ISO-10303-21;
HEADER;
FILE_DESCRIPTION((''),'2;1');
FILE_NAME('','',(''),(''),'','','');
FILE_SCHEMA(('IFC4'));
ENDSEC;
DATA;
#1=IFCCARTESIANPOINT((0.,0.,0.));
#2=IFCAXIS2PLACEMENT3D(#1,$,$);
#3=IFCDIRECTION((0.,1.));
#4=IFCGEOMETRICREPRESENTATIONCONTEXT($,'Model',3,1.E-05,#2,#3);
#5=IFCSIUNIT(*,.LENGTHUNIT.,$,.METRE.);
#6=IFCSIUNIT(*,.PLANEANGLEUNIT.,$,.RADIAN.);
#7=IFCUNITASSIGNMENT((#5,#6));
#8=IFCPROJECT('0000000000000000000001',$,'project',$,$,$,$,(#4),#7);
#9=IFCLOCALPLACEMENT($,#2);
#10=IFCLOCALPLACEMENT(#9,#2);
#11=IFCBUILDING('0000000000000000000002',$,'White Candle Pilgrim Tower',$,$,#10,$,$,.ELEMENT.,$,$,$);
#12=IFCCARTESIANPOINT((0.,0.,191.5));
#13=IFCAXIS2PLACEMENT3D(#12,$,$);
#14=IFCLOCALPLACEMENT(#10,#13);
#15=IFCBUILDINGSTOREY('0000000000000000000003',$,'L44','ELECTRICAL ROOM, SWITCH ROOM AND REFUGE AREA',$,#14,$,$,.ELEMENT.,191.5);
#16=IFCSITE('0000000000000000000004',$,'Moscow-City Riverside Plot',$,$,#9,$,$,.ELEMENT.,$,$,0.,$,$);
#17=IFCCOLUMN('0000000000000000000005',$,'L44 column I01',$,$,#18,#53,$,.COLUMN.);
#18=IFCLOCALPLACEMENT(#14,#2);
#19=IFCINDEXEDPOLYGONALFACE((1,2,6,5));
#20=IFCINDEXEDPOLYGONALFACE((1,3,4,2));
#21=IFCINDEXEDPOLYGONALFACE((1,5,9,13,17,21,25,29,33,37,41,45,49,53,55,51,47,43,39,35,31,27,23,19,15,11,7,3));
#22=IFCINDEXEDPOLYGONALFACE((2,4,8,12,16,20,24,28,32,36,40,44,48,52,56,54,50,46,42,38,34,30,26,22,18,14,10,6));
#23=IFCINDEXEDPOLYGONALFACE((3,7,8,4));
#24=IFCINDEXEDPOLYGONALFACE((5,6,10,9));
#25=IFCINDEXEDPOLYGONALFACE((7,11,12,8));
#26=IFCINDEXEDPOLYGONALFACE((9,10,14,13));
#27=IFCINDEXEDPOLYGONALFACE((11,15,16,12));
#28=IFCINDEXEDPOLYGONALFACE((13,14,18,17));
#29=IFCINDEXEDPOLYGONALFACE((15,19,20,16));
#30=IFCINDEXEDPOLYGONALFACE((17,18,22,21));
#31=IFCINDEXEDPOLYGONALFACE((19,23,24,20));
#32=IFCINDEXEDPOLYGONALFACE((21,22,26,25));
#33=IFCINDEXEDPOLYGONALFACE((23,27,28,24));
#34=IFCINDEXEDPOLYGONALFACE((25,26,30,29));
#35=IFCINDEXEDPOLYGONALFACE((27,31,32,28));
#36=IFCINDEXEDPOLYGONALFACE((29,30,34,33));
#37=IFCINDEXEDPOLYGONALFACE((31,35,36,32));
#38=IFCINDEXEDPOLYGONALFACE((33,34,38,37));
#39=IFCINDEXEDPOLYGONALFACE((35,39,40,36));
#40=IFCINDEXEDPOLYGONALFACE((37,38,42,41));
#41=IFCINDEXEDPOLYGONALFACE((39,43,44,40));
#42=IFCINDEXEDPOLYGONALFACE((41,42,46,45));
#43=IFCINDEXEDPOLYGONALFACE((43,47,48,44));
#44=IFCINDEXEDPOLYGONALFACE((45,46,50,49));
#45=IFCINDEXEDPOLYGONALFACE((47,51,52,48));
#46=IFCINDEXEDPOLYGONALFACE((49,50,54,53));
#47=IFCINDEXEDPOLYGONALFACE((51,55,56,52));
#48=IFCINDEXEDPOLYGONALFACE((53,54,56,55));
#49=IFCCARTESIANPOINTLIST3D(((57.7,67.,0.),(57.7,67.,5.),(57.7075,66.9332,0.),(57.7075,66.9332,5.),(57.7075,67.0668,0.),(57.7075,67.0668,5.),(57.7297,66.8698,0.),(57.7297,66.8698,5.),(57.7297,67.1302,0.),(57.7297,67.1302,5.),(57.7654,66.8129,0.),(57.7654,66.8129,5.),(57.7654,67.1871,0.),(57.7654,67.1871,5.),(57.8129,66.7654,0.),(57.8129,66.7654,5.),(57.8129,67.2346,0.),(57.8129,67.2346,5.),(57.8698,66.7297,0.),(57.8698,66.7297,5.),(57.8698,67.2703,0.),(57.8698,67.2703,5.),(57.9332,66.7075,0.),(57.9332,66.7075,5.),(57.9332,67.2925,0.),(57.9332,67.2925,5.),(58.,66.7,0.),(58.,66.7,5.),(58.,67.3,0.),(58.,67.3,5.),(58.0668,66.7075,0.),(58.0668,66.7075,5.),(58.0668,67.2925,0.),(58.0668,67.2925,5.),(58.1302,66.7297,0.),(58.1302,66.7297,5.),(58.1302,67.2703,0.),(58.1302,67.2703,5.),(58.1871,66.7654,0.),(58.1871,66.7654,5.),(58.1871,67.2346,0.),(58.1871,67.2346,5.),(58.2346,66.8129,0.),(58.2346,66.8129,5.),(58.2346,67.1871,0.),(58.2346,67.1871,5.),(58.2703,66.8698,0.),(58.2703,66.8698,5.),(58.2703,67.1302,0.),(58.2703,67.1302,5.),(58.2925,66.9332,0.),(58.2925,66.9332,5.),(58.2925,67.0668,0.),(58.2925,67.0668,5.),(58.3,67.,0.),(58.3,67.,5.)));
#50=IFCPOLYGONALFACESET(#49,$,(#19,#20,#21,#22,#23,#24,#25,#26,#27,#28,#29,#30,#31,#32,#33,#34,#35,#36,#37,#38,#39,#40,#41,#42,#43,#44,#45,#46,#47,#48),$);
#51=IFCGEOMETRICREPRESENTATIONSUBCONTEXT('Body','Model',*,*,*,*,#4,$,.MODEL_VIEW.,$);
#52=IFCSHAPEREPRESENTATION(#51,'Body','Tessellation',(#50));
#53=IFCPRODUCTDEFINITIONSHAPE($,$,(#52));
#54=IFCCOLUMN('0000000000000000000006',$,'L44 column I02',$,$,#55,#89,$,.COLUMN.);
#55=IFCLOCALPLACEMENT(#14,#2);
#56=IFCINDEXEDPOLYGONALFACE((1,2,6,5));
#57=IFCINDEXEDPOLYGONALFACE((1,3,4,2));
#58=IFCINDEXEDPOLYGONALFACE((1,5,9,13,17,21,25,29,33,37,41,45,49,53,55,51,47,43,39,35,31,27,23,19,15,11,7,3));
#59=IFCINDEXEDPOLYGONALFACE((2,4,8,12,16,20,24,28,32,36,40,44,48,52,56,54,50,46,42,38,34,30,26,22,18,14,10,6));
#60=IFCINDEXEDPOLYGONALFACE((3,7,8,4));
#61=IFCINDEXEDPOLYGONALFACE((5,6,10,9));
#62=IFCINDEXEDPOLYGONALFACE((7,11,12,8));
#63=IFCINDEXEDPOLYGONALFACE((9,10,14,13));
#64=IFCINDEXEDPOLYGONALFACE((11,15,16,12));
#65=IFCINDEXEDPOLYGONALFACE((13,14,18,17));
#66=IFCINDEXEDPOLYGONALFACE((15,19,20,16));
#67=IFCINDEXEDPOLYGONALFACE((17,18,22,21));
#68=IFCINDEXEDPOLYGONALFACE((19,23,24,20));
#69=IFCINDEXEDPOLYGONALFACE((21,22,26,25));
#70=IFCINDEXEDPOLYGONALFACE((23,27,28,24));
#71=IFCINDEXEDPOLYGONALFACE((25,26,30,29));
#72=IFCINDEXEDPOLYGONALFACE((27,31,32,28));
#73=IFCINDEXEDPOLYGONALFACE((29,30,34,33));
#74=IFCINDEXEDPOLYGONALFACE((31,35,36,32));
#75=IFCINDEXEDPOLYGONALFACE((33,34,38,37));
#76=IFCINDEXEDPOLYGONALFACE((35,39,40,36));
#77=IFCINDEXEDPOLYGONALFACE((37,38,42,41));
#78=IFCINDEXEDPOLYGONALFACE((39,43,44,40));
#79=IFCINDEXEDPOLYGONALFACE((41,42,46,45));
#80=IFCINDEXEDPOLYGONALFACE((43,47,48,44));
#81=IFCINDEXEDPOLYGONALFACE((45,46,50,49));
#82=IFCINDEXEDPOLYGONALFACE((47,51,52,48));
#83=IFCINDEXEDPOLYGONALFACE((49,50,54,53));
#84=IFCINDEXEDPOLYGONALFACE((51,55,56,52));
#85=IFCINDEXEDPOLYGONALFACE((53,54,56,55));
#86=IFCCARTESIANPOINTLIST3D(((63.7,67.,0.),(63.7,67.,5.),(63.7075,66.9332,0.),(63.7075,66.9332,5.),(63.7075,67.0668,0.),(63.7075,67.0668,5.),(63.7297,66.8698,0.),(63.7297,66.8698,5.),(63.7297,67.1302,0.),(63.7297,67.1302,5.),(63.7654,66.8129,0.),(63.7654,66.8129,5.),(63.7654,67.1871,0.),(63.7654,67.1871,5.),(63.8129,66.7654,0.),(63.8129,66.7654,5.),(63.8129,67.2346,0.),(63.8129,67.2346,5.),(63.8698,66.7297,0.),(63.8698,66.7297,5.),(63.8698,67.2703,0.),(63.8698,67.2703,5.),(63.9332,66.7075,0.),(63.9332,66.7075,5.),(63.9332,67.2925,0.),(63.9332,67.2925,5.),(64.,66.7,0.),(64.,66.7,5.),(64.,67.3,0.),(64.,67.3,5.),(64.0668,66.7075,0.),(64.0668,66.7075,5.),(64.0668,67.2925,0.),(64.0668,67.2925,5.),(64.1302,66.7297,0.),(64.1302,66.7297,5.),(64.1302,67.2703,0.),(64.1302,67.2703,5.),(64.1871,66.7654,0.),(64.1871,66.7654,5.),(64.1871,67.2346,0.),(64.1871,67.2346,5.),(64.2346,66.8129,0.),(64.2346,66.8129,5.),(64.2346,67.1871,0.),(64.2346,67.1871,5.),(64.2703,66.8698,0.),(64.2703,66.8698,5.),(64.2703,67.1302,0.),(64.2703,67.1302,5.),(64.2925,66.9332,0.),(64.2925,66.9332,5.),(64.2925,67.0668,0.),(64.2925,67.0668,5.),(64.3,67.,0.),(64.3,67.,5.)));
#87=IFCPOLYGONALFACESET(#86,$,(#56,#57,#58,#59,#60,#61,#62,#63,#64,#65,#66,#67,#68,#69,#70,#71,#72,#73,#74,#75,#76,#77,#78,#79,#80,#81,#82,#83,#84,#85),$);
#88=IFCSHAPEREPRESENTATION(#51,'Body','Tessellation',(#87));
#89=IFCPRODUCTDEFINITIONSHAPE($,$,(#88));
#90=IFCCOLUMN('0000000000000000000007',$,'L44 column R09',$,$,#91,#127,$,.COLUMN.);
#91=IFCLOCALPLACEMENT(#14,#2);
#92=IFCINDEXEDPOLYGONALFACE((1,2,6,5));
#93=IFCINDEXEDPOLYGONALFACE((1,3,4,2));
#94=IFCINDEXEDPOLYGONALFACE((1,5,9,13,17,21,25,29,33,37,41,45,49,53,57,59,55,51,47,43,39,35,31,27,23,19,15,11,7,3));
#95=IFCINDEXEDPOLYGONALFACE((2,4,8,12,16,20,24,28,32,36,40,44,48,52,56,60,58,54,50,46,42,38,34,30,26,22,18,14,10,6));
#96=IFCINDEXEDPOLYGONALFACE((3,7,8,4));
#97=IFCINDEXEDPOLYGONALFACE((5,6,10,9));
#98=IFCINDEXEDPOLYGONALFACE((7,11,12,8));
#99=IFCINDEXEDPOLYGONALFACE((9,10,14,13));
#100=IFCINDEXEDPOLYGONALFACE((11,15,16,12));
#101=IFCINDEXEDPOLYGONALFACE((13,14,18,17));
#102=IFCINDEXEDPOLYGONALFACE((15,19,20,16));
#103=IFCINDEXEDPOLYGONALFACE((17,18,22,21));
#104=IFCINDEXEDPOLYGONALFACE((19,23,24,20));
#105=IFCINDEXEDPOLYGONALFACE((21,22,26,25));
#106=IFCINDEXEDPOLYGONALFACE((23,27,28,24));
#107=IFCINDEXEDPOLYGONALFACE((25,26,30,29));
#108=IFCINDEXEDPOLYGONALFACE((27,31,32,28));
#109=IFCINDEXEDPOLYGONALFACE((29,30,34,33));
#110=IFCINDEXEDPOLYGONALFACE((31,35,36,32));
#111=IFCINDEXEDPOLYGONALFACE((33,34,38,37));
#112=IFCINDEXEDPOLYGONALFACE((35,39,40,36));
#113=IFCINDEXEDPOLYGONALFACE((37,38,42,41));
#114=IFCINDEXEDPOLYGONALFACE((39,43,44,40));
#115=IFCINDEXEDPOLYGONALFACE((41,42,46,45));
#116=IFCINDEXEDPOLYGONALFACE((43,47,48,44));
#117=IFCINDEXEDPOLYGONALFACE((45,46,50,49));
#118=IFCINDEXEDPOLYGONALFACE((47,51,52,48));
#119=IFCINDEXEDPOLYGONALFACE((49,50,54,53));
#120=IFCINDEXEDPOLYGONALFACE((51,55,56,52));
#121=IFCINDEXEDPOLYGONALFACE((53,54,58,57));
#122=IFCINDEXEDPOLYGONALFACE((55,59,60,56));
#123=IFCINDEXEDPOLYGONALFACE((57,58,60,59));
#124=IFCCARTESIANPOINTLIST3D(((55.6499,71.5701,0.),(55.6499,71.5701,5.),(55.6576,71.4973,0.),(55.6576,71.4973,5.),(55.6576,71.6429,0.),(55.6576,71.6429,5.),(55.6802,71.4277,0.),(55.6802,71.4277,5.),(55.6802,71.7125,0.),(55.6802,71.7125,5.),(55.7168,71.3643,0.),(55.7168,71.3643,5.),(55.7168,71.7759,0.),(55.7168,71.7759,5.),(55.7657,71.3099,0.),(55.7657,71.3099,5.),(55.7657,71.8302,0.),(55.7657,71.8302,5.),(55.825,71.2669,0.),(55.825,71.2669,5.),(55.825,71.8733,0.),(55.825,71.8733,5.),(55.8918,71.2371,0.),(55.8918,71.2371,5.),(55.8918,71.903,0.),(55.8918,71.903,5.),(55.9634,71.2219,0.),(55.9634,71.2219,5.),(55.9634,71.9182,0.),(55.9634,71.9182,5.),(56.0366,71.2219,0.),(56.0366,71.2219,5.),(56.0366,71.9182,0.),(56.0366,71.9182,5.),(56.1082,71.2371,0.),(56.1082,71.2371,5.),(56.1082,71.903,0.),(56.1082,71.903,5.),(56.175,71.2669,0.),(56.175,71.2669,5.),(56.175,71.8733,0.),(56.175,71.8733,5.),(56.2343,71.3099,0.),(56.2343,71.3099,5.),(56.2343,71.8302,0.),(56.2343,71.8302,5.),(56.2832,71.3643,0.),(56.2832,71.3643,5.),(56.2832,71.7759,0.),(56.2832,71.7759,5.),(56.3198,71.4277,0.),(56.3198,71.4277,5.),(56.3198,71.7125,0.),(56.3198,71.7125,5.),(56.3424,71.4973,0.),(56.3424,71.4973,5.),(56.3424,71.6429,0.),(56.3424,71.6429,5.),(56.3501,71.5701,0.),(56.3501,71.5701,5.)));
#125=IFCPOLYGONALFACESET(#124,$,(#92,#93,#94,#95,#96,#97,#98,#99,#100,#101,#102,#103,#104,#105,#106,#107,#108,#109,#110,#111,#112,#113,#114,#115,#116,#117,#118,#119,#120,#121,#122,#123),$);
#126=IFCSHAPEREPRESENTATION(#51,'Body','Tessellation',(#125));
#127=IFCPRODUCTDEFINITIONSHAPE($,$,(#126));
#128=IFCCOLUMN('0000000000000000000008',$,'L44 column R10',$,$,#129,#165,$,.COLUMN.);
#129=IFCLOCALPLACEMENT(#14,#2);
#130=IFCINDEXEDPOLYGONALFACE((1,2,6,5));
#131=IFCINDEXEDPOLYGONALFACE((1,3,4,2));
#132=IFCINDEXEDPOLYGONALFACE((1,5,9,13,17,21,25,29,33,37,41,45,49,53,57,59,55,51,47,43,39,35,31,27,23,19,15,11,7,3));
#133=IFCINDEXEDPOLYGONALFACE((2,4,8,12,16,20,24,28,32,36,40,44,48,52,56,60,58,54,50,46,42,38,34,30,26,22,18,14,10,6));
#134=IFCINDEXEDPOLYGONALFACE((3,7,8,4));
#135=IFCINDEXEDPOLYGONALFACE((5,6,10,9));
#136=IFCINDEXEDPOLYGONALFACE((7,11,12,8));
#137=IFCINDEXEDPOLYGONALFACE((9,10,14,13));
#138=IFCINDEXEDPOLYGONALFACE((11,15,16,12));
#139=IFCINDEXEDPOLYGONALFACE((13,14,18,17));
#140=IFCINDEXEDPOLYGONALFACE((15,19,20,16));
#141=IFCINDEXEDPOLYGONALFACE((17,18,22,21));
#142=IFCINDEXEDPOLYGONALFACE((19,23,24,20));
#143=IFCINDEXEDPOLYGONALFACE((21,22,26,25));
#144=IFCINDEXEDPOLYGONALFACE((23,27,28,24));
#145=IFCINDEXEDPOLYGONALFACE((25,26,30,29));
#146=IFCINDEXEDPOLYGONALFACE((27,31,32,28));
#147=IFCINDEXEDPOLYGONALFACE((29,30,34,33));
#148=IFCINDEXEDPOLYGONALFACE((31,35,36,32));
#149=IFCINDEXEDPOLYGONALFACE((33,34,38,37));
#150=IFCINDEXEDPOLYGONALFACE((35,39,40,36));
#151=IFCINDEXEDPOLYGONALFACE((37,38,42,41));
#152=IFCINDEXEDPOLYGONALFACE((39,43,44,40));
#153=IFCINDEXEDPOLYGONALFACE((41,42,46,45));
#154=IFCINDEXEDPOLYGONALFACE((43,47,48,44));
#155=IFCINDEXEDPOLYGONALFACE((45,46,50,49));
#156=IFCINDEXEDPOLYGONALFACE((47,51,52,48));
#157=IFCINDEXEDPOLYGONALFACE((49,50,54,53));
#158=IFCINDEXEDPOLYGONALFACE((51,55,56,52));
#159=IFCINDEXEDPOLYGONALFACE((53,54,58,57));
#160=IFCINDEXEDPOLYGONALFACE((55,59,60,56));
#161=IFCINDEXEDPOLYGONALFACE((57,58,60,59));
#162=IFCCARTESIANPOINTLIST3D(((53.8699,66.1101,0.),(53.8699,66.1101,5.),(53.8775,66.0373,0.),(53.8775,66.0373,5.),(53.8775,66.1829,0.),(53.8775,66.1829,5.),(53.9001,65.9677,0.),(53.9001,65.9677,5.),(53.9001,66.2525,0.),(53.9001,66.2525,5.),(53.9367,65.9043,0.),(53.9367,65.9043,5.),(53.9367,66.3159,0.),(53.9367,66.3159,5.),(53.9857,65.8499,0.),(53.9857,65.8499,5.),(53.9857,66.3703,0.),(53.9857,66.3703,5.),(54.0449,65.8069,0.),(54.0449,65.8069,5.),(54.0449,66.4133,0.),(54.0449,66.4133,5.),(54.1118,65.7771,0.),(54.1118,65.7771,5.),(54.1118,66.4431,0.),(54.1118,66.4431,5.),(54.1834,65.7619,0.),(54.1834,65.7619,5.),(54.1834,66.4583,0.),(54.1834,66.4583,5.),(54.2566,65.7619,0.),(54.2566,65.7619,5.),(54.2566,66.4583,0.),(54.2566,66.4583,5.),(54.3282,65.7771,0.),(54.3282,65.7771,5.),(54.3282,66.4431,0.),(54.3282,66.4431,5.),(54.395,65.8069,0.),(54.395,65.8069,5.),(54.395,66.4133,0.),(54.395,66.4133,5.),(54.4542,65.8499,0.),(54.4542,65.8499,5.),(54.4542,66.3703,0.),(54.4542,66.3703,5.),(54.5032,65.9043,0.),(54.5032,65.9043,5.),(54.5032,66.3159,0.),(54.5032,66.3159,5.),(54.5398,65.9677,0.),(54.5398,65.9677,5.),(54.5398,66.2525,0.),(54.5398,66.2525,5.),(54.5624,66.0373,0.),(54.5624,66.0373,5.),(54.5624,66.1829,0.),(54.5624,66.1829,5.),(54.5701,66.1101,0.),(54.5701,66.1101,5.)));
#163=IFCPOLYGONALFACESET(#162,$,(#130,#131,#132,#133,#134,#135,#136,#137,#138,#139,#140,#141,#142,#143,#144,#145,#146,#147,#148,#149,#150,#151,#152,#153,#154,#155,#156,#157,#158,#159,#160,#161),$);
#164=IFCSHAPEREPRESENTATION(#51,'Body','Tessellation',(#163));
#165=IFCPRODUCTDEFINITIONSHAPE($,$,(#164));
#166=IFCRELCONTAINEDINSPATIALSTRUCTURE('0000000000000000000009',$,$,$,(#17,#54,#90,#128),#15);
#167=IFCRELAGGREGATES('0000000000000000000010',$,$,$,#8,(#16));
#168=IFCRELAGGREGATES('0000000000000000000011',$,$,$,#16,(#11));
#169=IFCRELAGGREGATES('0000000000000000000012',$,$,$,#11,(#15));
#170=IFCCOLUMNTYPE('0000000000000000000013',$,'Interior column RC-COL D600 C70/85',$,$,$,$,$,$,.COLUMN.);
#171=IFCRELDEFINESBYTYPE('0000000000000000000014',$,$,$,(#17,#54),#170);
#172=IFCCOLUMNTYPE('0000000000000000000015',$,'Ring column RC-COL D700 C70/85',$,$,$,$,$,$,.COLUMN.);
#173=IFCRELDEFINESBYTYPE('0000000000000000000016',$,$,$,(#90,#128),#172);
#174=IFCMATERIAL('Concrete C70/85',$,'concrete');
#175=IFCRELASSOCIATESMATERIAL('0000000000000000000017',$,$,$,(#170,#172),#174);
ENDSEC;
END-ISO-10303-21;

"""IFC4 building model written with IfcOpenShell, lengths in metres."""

from ifc_helpers import new_model, si_unit, direction, frame, origin, origin_2d, place, context, subcontext, project, spatial, circle, extrude, material, material_profile, profile_set, type_object, element, save


model = new_model("IFC4")

# Units and contexts
model_context = context("Model", 3, precision=1e-05, world=origin(), true_north=direction((0.0, 1.0)))
body_context = subcontext(model_context, "Body", "Model", "MODEL_VIEW")
ifc_project = project(units=[si_unit("LENGTHUNIT", "METRE"), si_unit("PLANEANGLEUNIT", "RADIAN")], contexts=[model_context])

# Site, building, storey
site_placement = place(None, origin())
site = spatial("IfcSite", under=ifc_project, at=site_placement, Name="Moscow-City Riverside Plot", CompositionType="ELEMENT", RefElevation=0.0)
building_placement = place(site_placement, origin())
building = spatial("IfcBuilding", under=site, at=building_placement, Name="White Candle Pilgrim Tower", CompositionType="ELEMENT")
storey_placement = place(building_placement, frame((0.0, 0.0, 191.5)))
storey = spatial("IfcBuildingStorey", under=building, at=storey_placement, Name="L44", Description="ELECTRICAL ROOM, SWITCH ROOM AND REFUGE AREA", CompositionType="ELEMENT", Elevation=191.5)

# Columns
ifc_material_1 = material(Name="Concrete C70/85", Category="concrete")
ifc_material_profile_1 = material_profile(ifc_material_1, circle(Radius=0.3, at=origin_2d()), Name="RC-COL D600")
ifc_profile_set_1 = profile_set([ifc_material_profile_1], Name="Concrete C70/85")
column_type_1 = type_object("IfcColumnType", Name="Interior column RC-COL D600 C70/85", PredefinedType="COLUMN", material=ifc_profile_set_1)
for number, where, z_axis, x_axis, name in (
    (1, (58.0, 67.0, 0.0), (0.0, 0.0, 1.0), (1.0, 0.0, 0.0), "L44 column I01"),
    (2, (64.0, 67.0, 0.0), (0.0, 0.0, 1.0), (1.0, 0.0, 0.0), "L44 column I02"),
):
    element("IfcColumn", number, at=place(storey_placement, frame(where, z_axis=z_axis, x_axis=x_axis)), inside=storey, type_object=column_type_1, Name=name, PredefinedType="COLUMN", context=body_context, shape_type="SweptSolid", body=[
        extrude(circle(Radius=0.3, at=origin_2d()), origin(), (0.0, 0.0, 1.0), 5.0),
    ])
ifc_material_profile_2 = material_profile(ifc_material_1, circle(Radius=0.3501, at=origin_2d()), Name="RC-COL D700")
ifc_profile_set_2 = profile_set([ifc_material_profile_2], Name="Concrete C70/85")
column_type_2 = type_object("IfcColumnType", Name="Ring column RC-COL D700 C70/85", PredefinedType="COLUMN", material=ifc_profile_set_2)
for number, where, z_axis, x_axis, name in (
    (3, (56.0, 71.5701, 0.0), (0.0, 0.0, 1.0), (1.0, 0.0, 0.0), "L44 column R09"),
    (4, (54.22, 66.1101, 0.0), (0.0, 0.0, 1.0), (1.0, 0.0, 0.0), "L44 column R10"),
):
    element("IfcColumn", number, at=place(storey_placement, frame(where, z_axis=z_axis, x_axis=x_axis)), inside=storey, type_object=column_type_2, Name=name, PredefinedType="COLUMN", context=body_context, shape_type="SweptSolid", body=[
        extrude(circle(Radius=0.3501, at=origin_2d()), origin(), (0.0, 0.0, 1.0), 5.0),
    ])

save(model, "model.ifc")
